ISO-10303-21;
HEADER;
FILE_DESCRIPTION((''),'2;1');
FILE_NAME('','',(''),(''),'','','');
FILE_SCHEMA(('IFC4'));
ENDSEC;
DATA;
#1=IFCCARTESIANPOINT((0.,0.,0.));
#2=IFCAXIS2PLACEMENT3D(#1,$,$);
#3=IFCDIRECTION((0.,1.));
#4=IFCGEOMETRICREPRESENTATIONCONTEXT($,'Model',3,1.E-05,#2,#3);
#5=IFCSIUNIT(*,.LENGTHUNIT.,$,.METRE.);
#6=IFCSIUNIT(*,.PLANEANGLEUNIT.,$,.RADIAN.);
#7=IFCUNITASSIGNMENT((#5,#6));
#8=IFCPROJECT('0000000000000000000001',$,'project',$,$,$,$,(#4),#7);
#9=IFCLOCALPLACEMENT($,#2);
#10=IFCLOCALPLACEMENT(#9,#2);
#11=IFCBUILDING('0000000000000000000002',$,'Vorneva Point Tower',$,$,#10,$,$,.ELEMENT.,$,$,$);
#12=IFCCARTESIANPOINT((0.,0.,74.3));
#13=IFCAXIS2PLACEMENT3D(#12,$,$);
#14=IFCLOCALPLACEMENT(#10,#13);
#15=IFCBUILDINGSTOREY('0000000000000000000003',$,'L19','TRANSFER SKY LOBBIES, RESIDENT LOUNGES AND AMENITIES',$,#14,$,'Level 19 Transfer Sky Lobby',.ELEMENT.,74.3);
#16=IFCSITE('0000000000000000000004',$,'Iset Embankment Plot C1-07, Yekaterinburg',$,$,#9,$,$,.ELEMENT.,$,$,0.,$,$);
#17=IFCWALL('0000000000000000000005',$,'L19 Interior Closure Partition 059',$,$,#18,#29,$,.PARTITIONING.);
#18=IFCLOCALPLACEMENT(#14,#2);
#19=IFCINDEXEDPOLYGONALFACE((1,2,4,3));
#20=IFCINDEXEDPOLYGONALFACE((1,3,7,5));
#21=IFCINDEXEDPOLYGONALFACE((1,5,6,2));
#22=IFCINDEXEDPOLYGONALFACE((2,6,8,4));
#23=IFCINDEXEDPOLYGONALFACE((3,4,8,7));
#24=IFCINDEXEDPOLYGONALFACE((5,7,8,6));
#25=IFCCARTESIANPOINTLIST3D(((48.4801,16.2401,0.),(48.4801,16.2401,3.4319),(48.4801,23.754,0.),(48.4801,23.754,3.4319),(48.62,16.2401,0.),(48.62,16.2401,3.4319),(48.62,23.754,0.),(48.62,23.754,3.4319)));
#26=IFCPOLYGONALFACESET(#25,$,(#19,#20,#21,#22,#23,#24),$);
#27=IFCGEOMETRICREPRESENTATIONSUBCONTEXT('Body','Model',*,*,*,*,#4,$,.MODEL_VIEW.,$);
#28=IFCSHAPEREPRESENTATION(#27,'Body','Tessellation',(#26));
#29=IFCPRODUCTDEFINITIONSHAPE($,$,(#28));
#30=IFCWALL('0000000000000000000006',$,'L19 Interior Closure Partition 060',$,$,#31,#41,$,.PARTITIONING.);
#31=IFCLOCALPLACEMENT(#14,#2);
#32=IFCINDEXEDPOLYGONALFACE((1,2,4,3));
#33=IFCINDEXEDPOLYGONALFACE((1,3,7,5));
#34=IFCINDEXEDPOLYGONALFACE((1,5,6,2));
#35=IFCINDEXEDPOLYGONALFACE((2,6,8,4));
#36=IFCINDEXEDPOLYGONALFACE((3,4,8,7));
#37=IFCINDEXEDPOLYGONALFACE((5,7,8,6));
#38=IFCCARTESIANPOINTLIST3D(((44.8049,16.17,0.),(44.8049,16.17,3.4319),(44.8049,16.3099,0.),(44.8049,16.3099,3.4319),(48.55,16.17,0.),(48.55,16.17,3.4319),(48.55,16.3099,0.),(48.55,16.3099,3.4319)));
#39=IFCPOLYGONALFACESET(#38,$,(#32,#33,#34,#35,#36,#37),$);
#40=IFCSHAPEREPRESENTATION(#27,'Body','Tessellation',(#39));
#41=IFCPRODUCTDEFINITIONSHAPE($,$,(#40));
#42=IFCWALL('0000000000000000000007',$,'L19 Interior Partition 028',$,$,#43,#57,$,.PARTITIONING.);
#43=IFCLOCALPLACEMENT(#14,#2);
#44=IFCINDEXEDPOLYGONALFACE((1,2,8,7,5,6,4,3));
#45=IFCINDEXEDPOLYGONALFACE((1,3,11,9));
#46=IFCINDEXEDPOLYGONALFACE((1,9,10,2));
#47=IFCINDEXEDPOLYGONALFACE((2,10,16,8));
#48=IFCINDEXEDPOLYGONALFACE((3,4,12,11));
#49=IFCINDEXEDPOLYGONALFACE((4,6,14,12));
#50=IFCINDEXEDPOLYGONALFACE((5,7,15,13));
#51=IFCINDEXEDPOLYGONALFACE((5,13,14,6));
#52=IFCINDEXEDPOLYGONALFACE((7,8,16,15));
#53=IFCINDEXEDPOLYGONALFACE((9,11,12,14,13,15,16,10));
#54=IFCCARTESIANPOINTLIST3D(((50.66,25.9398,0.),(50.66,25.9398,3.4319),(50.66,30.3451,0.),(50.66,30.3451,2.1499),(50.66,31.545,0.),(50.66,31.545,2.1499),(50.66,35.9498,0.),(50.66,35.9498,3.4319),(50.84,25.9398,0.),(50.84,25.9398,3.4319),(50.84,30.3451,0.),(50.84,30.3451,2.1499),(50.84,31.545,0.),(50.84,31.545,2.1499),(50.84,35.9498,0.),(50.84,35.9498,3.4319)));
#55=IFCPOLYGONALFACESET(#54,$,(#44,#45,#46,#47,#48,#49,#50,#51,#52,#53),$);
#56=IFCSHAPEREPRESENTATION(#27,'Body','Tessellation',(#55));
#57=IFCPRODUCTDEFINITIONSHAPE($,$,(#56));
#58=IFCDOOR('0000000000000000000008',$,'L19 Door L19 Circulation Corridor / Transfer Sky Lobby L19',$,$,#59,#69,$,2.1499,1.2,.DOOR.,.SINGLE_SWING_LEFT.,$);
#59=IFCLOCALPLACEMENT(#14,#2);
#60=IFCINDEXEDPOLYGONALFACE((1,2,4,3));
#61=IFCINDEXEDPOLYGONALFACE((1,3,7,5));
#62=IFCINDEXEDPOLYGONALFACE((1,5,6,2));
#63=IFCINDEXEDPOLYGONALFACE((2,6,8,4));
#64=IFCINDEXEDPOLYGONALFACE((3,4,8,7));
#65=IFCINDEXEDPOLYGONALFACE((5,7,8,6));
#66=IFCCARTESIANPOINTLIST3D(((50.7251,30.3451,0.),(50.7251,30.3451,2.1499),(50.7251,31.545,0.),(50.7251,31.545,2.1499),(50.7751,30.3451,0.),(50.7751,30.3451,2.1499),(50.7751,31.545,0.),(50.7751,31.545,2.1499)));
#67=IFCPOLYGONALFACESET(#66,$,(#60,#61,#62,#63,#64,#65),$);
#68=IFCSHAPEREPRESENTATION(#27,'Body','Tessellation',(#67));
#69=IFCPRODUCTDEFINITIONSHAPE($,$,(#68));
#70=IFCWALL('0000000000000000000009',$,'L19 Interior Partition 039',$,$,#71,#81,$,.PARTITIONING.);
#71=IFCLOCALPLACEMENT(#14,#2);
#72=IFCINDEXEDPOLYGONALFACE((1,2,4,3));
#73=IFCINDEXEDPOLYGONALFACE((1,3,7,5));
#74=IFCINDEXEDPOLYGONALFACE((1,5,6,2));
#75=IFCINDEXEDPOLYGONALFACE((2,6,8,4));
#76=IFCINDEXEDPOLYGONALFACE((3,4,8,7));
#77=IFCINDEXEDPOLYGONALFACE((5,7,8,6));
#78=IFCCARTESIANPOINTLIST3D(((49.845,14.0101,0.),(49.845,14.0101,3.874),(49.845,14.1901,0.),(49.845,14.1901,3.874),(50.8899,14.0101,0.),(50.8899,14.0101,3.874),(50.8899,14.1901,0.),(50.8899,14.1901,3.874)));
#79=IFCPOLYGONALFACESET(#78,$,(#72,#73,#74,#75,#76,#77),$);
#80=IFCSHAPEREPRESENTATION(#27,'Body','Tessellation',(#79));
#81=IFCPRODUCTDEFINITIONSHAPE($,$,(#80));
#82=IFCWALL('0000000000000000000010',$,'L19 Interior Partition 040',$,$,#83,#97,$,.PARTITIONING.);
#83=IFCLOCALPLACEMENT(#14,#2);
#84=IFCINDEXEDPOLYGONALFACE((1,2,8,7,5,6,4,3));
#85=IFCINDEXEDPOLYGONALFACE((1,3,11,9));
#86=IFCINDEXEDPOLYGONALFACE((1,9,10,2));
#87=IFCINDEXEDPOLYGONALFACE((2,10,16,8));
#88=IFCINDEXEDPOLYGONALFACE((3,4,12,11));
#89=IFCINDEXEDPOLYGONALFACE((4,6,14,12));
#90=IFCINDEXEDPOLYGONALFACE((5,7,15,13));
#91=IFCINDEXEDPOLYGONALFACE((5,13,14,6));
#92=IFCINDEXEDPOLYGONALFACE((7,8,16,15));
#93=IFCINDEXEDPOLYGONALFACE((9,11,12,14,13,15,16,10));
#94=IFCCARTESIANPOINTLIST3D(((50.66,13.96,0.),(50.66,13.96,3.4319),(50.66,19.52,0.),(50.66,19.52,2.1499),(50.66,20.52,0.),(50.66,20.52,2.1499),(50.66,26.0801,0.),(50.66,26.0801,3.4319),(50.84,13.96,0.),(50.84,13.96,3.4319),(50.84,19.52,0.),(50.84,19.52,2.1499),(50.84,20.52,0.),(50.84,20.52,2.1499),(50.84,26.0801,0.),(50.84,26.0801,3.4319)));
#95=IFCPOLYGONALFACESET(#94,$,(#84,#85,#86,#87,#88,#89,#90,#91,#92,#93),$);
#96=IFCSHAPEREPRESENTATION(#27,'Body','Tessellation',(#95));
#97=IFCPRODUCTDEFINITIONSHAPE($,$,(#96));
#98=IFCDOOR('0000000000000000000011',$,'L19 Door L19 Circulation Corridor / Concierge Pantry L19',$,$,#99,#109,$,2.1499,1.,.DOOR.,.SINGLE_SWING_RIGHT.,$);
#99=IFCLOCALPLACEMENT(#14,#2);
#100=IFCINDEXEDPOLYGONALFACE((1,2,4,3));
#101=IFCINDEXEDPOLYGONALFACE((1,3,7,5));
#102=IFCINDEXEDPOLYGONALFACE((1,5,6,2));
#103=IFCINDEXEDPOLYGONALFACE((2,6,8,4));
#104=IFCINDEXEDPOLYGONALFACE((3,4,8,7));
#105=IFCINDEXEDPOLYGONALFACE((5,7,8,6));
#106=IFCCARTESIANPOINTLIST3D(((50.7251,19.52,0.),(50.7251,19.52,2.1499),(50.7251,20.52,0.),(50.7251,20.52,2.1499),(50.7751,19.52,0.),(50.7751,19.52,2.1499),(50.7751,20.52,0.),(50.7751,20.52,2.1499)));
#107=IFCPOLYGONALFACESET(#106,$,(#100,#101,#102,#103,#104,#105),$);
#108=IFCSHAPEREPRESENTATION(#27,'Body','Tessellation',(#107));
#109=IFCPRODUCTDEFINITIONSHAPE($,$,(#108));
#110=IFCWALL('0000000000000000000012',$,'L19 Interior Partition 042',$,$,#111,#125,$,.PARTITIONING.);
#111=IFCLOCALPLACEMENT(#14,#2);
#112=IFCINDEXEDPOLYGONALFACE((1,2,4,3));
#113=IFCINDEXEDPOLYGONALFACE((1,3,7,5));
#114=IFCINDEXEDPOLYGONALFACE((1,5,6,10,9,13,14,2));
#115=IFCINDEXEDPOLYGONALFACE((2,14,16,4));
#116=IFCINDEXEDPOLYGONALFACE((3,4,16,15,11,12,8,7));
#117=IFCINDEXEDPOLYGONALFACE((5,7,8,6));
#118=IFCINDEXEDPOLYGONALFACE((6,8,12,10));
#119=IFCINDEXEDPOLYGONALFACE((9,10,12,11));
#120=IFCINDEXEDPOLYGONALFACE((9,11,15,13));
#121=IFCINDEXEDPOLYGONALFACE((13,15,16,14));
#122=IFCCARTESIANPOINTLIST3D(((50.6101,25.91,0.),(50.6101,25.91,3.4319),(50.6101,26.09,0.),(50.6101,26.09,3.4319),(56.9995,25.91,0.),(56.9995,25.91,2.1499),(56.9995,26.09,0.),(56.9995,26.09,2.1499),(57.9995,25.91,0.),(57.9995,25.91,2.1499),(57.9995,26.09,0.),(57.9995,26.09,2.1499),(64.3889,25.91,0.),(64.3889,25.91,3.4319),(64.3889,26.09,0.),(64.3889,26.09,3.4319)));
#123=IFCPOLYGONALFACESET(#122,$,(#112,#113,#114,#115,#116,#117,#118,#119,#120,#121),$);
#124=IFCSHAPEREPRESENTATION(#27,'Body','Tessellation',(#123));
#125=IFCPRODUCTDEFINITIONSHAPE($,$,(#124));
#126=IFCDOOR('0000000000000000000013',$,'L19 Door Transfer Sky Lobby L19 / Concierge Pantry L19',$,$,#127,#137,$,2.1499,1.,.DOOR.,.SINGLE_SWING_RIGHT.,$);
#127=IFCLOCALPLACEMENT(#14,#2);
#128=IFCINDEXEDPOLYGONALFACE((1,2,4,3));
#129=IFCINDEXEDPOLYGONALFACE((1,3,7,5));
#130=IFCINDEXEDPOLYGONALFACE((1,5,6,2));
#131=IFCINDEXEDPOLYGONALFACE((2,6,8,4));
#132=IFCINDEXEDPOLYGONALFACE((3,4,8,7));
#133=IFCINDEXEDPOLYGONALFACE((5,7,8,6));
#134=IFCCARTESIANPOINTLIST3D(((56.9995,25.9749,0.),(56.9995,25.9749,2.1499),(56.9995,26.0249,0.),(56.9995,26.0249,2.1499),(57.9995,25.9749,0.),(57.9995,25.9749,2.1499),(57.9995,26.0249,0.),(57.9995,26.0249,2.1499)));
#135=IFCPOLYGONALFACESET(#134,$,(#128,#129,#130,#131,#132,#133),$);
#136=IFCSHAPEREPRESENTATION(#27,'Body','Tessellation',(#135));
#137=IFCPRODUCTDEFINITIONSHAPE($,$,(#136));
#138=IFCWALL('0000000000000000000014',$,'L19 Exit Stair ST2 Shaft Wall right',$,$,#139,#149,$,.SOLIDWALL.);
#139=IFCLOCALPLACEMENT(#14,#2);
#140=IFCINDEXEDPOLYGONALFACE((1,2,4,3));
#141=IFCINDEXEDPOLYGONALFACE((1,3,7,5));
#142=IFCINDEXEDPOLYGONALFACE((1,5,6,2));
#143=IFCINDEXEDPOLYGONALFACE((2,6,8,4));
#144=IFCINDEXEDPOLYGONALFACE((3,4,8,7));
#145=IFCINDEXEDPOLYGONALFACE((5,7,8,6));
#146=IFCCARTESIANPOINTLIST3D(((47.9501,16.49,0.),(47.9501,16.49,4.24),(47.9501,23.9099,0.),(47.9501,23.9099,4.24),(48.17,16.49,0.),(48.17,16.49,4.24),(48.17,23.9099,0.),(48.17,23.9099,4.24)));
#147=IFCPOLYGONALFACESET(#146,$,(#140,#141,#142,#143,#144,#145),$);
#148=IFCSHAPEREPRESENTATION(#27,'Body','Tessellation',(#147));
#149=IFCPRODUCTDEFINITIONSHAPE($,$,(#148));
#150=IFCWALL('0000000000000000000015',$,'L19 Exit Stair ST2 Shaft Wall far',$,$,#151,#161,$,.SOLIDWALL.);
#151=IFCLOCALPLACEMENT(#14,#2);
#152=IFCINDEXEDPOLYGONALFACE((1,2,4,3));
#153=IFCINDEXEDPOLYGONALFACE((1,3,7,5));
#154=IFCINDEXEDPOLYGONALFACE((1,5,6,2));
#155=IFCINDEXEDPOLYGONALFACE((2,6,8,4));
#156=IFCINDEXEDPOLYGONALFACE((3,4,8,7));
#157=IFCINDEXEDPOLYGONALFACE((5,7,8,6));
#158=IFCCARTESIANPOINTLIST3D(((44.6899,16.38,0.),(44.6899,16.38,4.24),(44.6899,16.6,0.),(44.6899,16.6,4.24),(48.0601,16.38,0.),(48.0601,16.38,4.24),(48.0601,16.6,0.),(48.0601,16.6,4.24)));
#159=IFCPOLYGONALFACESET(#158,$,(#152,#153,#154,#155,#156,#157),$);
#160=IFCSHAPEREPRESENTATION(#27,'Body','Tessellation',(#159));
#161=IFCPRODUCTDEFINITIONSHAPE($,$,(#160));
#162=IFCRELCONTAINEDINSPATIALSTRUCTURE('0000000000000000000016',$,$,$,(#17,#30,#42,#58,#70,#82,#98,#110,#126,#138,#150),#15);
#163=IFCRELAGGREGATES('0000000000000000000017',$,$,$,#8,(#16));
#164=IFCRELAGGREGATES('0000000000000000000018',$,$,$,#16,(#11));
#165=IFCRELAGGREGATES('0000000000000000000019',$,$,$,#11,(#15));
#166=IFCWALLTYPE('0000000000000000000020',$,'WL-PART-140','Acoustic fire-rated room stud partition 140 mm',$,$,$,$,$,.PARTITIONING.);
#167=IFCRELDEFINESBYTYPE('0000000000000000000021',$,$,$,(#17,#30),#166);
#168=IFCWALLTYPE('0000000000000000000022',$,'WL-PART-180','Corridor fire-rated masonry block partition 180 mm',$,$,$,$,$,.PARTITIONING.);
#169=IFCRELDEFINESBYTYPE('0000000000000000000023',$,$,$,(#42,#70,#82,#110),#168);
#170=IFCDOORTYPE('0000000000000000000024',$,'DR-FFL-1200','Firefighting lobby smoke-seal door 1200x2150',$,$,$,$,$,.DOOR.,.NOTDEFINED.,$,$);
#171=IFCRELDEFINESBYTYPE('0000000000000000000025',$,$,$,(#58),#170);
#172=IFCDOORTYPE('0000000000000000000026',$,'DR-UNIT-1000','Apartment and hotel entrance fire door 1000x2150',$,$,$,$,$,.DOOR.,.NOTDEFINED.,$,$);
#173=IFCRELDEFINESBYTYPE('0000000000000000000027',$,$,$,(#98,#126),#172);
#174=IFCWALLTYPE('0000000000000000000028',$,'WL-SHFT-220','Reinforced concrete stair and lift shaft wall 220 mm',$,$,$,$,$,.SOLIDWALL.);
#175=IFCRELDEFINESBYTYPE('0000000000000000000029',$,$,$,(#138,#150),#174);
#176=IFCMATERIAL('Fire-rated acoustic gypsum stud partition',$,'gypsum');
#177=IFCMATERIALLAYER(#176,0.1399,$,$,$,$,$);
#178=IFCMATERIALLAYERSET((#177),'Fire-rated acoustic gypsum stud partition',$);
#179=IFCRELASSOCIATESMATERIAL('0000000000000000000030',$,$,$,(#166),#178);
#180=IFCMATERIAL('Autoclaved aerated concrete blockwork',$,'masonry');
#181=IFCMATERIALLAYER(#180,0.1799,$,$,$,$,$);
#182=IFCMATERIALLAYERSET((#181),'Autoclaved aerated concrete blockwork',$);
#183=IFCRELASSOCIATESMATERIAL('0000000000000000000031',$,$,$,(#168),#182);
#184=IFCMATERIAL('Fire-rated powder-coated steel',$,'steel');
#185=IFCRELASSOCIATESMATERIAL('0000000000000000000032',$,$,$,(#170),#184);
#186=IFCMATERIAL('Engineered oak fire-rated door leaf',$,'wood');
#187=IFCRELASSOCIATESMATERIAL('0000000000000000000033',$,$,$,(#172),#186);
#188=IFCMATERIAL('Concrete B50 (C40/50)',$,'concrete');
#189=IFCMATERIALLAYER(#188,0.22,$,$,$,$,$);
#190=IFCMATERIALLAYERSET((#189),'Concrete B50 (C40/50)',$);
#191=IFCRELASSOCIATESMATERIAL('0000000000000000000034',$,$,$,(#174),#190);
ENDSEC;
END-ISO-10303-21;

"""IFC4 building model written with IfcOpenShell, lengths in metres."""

from ifc_helpers import new_model, si_unit, direction, frame, frame_2d, origin, place, context, subcontext, project, spatial, rectangle, extrude, material, layer, layer_set, type_object, element, fill, save


model = new_model("IFC4")

# Units and contexts
model_context = context("Model", 3, precision=1e-05, world=origin(), true_north=direction((0.0, 1.0)))
body_context = subcontext(model_context, "Body", "Model", "MODEL_VIEW")
ifc_project = project(units=[si_unit("LENGTHUNIT", "METRE"), si_unit("PLANEANGLEUNIT", "RADIAN")], contexts=[model_context])

# Site, building, storey
site_placement = place(None, origin())
site = spatial("IfcSite", under=ifc_project, at=site_placement, Name="Iset Embankment Plot C1-07, Yekaterinburg", CompositionType="ELEMENT", RefElevation=0.0)
building_placement = place(site_placement, origin())
building = spatial("IfcBuilding", under=site, at=building_placement, Name="Vorneva Point Tower", CompositionType="ELEMENT")
storey_placement = place(building_placement, frame((0.0, 0.0, 74.3)))
storey = spatial("IfcBuildingStorey", under=building, at=storey_placement, Name="L19", Description="TRANSFER SKY LOBBIES, RESIDENT LOUNGES AND AMENITIES", LongName="Level 19 Transfer Sky Lobby", CompositionType="ELEMENT", Elevation=74.3)

# Walls
ifc_material_1 = material(Name="Fire-rated acoustic gypsum stud partition", Category="gypsum")
ifc_layer_1 = layer(ifc_material_1, 0.1399)
ifc_layer_set_1 = layer_set([ifc_layer_1], Name="Fire-rated acoustic gypsum stud partition")
wall_type_1 = type_object("IfcWallType", Name="WL-PART-140", Description="Acoustic fire-rated room stud partition 140 mm", PredefinedType="PARTITIONING", material=ifc_layer_set_1)
wall_1_placement = place(storey_placement, frame((48.55, 23.7539, 0.0), z_axis=(0.0, 0.0, 1.0), x_axis=(0.0, -1.0, 0.0)))
element("IfcWall", 1, at=wall_1_placement, inside=storey, type_object=wall_type_1, Name="L19 Interior Closure Partition 059", PredefinedType="PARTITIONING", context=body_context, shape_type="SweptSolid", body=[
    extrude(rectangle(XDim=7.5139, YDim=0.1399, at=frame_2d((3.7568, 0.0))), origin(), (0.0, 0.0, 1.0), 3.4319),
])
wall_2_placement = place(storey_placement, frame((48.55, 16.24, 0.0), z_axis=(0.0, 0.0, 1.0), x_axis=(-1.0, 0.0, 0.0)))
element("IfcWall", 2, at=wall_2_placement, inside=storey, type_object=wall_type_1, Name="L19 Interior Closure Partition 060", PredefinedType="PARTITIONING", context=body_context, shape_type="SweptSolid", body=[
    extrude(rectangle(XDim=3.7451, YDim=0.1399, at=frame_2d((1.8726, 0.0))), origin(), (0.0, 0.0, 1.0), 3.4319),
])

# Wall, opening, door
ifc_material_2 = material(Name="Autoclaved aerated concrete blockwork", Category="masonry")
ifc_layer_2 = layer(ifc_material_2, 0.1799)
ifc_layer_set_2 = layer_set([ifc_layer_2], Name="Autoclaved aerated concrete blockwork")
wall_type_2 = type_object("IfcWallType", Name="WL-PART-180", Description="Corridor fire-rated masonry block partition 180 mm", PredefinedType="PARTITIONING", material=ifc_layer_set_2)
ifc_material_3 = material(Name="Fire-rated powder-coated steel", Category="steel")
door_type_1 = type_object("IfcDoorType", Name="DR-FFL-1200", Description="Firefighting lobby smoke-seal door 1200x2150", OperationType="NOTDEFINED", PredefinedType="DOOR", material=ifc_material_3)
wall_3_placement = place(storey_placement, frame((50.75, 25.9399, 0.0), z_axis=(0.0, 0.0, 1.0), x_axis=(0.0, 1.0, 0.0)))
wall_3 = element("IfcWall", 3, at=wall_3_placement, inside=storey, type_object=wall_type_2, Name="L19 Interior Partition 028", PredefinedType="PARTITIONING", context=body_context, shape_type="SweptSolid", body=[
    extrude(rectangle(XDim=10.01, YDim=0.1799, at=frame_2d((5.0049, 0.0))), origin(), (0.0, 0.0, 1.0), 3.4319),
])
opening_1_placement = place(wall_3_placement, frame((4.405, 0.0, 0.0)))
opening_1 = element("IfcOpeningElement", 4, at=opening_1_placement, cuts=wall_3, PredefinedType="OPENING", context=body_context, shape_type="SweptSolid", body=[
    extrude(rectangle(XDim=1.2, YDim=2.1499, at=frame_2d((0.6001, 1.075))), frame((0.0, 0.105, 0.0), z_axis=(0.0, -1.0, 0.0), x_axis=(1.0, 0.0, 0.0)), (0.0, 0.0, 1.0), 0.2097),
])
door_1_placement = place(opening_1_placement, origin())
door_1 = element("IfcDoor", 5, at=door_1_placement, inside=storey, type_object=door_type_1, Name="L19 Door L19 Circulation Corridor / Transfer Sky Lobby L19", OperationType="SINGLE_SWING_LEFT", OverallHeight=2.1499, OverallWidth=1.2, PredefinedType="DOOR", context=body_context, shape_type="SweptSolid", body=[
    extrude(rectangle(XDim=1.2, YDim=2.1499, at=frame_2d((0.6001, 1.075))), frame((0.0, 0.0249, 0.0), z_axis=(0.0, -1.0, 0.0), x_axis=(1.0, 0.0, 0.0)), (0.0, 0.0, 1.0), 0.05),
])
fill(opening_1, door_1)

# Wall
wall_4_placement = place(storey_placement, frame((49.845, 14.1001, 0.0), z_axis=(0.0, 0.0, 1.0), x_axis=(1.0, 0.0, 0.0)))
element("IfcWall", 6, at=wall_4_placement, inside=storey, type_object=wall_type_2, Name="L19 Interior Partition 039", PredefinedType="PARTITIONING", context=body_context, shape_type="SweptSolid", body=[
    extrude(rectangle(XDim=1.0449, YDim=0.1799, at=frame_2d((0.5225, 0.0))), origin(), (0.0, 0.0, 1.0), 3.874),
])

# Walls, openings, doors
wall_5_placement = place(storey_placement, frame((50.75, 13.96, 0.0), z_axis=(0.0, 0.0, 1.0), x_axis=(0.0, 1.0, 0.0)))
wall_5 = element("IfcWall", 7, at=wall_5_placement, inside=storey, type_object=wall_type_2, Name="L19 Interior Partition 040", PredefinedType="PARTITIONING", context=body_context, shape_type="SweptSolid", body=[
    extrude(rectangle(XDim=12.1201, YDim=0.1799, at=frame_2d((6.0601, 0.0))), origin(), (0.0, 0.0, 1.0), 3.4319),
])
opening_2_placement = place(wall_5_placement, frame((5.5601, 0.0, 0.0)))
opening_2 = element("IfcOpeningElement", 8, at=opening_2_placement, cuts=wall_5, PredefinedType="OPENING", context=body_context, shape_type="SweptSolid", body=[
    extrude(rectangle(XDim=1.0, YDim=2.1499, at=frame_2d((0.5, 1.075))), frame((0.0, 0.105, 0.0), z_axis=(0.0, -1.0, 0.0), x_axis=(1.0, 0.0, 0.0)), (0.0, 0.0, 1.0), 0.2097),
])
ifc_material_4 = material(Name="Engineered oak fire-rated door leaf", Category="wood")
door_type_2 = type_object("IfcDoorType", Name="DR-UNIT-1000", Description="Apartment and hotel entrance fire door 1000x2150", OperationType="NOTDEFINED", PredefinedType="DOOR", material=ifc_material_4)
door_2_placement = place(opening_2_placement, origin())
door_2 = element("IfcDoor", 9, at=door_2_placement, inside=storey, type_object=door_type_2, Name="L19 Door L19 Circulation Corridor / Concierge Pantry L19", OperationType="SINGLE_SWING_RIGHT", OverallHeight=2.1499, OverallWidth=1.0, PredefinedType="DOOR", context=body_context, shape_type="SweptSolid", body=[
    extrude(rectangle(XDim=1.0, YDim=2.1499, at=frame_2d((0.5, 1.075))), frame((0.0, 0.0249, 0.0), z_axis=(0.0, -1.0, 0.0), x_axis=(1.0, 0.0, 0.0)), (0.0, 0.0, 1.0), 0.05),
])
fill(opening_2, door_2)
wall_6_placement = place(storey_placement, frame((50.6101, 26.0, 0.0), z_axis=(0.0, 0.0, 1.0), x_axis=(1.0, 0.0, 0.0)))
wall_6 = element("IfcWall", 10, at=wall_6_placement, inside=storey, type_object=wall_type_2, Name="L19 Interior Partition 042", PredefinedType="PARTITIONING", context=body_context, shape_type="SweptSolid", body=[
    extrude(rectangle(XDim=13.7788, YDim=0.1799, at=frame_2d((6.8894, 0.0))), origin(), (0.0, 0.0, 1.0), 3.4319),
])
opening_3_placement = place(wall_6_placement, frame((6.3894, 0.0, 0.0)))
opening_3 = element("IfcOpeningElement", 11, at=opening_3_placement, cuts=wall_6, PredefinedType="OPENING", context=body_context, shape_type="SweptSolid", body=[
    extrude(rectangle(XDim=1.0, YDim=2.1499, at=frame_2d((0.5, 1.075))), frame((0.0, 0.105, 0.0), z_axis=(0.0, -1.0, 0.0), x_axis=(1.0, 0.0, 0.0)), (0.0, 0.0, 1.0), 0.2097),
])
door_3_placement = place(opening_3_placement, origin())
door_3 = element("IfcDoor", 12, at=door_3_placement, inside=storey, type_object=door_type_2, Name="L19 Door Transfer Sky Lobby L19 / Concierge Pantry L19", OperationType="SINGLE_SWING_RIGHT", OverallHeight=2.1499, OverallWidth=1.0, PredefinedType="DOOR", context=body_context, shape_type="SweptSolid", body=[
    extrude(rectangle(XDim=1.0, YDim=2.1499, at=frame_2d((0.5, 1.075))), frame((0.0, 0.0249, 0.0), z_axis=(0.0, -1.0, 0.0), x_axis=(1.0, 0.0, 0.0)), (0.0, 0.0, 1.0), 0.05),
])
fill(opening_3, door_3)

# Walls
ifc_material_5 = material(Name="Concrete B50 (C40/50)", Category="concrete")
ifc_layer_3 = layer(ifc_material_5, 0.22)
ifc_layer_set_3 = layer_set([ifc_layer_3], Name="Concrete B50 (C40/50)")
wall_type_3 = type_object("IfcWallType", Name="WL-SHFT-220", Description="Reinforced concrete stair and lift shaft wall 220 mm", PredefinedType="SOLIDWALL", material=ifc_layer_set_3)
wall_7_placement = place(storey_placement, frame((48.0601, 23.9099, 0.0), z_axis=(0.0, 0.0, 1.0), x_axis=(0.0, -1.0, 0.0)))
element("IfcWall", 13, at=wall_7_placement, inside=storey, type_object=wall_type_3, Name="L19 Exit Stair ST2 Shaft Wall right", PredefinedType="SOLIDWALL", context=body_context, shape_type="SweptSolid", body=[
    extrude(rectangle(XDim=7.4199, YDim=0.22, at=frame_2d((3.71, 0.0))), origin(), (0.0, 0.0, 1.0), 4.24),
])
wall_8_placement = place(storey_placement, frame((48.0601, 16.49, 0.0), z_axis=(0.0, 0.0, 1.0), x_axis=(-1.0, 0.0, 0.0)))
element("IfcWall", 14, at=wall_8_placement, inside=storey, type_object=wall_type_3, Name="L19 Exit Stair ST2 Shaft Wall far", PredefinedType="SOLIDWALL", context=body_context, shape_type="SweptSolid", body=[
    extrude(rectangle(XDim=3.3701, YDim=0.22, at=frame_2d((1.6851, 0.0))), origin(), (0.0, 0.0, 1.0), 4.24),
])

save(model, "model.ifc")
